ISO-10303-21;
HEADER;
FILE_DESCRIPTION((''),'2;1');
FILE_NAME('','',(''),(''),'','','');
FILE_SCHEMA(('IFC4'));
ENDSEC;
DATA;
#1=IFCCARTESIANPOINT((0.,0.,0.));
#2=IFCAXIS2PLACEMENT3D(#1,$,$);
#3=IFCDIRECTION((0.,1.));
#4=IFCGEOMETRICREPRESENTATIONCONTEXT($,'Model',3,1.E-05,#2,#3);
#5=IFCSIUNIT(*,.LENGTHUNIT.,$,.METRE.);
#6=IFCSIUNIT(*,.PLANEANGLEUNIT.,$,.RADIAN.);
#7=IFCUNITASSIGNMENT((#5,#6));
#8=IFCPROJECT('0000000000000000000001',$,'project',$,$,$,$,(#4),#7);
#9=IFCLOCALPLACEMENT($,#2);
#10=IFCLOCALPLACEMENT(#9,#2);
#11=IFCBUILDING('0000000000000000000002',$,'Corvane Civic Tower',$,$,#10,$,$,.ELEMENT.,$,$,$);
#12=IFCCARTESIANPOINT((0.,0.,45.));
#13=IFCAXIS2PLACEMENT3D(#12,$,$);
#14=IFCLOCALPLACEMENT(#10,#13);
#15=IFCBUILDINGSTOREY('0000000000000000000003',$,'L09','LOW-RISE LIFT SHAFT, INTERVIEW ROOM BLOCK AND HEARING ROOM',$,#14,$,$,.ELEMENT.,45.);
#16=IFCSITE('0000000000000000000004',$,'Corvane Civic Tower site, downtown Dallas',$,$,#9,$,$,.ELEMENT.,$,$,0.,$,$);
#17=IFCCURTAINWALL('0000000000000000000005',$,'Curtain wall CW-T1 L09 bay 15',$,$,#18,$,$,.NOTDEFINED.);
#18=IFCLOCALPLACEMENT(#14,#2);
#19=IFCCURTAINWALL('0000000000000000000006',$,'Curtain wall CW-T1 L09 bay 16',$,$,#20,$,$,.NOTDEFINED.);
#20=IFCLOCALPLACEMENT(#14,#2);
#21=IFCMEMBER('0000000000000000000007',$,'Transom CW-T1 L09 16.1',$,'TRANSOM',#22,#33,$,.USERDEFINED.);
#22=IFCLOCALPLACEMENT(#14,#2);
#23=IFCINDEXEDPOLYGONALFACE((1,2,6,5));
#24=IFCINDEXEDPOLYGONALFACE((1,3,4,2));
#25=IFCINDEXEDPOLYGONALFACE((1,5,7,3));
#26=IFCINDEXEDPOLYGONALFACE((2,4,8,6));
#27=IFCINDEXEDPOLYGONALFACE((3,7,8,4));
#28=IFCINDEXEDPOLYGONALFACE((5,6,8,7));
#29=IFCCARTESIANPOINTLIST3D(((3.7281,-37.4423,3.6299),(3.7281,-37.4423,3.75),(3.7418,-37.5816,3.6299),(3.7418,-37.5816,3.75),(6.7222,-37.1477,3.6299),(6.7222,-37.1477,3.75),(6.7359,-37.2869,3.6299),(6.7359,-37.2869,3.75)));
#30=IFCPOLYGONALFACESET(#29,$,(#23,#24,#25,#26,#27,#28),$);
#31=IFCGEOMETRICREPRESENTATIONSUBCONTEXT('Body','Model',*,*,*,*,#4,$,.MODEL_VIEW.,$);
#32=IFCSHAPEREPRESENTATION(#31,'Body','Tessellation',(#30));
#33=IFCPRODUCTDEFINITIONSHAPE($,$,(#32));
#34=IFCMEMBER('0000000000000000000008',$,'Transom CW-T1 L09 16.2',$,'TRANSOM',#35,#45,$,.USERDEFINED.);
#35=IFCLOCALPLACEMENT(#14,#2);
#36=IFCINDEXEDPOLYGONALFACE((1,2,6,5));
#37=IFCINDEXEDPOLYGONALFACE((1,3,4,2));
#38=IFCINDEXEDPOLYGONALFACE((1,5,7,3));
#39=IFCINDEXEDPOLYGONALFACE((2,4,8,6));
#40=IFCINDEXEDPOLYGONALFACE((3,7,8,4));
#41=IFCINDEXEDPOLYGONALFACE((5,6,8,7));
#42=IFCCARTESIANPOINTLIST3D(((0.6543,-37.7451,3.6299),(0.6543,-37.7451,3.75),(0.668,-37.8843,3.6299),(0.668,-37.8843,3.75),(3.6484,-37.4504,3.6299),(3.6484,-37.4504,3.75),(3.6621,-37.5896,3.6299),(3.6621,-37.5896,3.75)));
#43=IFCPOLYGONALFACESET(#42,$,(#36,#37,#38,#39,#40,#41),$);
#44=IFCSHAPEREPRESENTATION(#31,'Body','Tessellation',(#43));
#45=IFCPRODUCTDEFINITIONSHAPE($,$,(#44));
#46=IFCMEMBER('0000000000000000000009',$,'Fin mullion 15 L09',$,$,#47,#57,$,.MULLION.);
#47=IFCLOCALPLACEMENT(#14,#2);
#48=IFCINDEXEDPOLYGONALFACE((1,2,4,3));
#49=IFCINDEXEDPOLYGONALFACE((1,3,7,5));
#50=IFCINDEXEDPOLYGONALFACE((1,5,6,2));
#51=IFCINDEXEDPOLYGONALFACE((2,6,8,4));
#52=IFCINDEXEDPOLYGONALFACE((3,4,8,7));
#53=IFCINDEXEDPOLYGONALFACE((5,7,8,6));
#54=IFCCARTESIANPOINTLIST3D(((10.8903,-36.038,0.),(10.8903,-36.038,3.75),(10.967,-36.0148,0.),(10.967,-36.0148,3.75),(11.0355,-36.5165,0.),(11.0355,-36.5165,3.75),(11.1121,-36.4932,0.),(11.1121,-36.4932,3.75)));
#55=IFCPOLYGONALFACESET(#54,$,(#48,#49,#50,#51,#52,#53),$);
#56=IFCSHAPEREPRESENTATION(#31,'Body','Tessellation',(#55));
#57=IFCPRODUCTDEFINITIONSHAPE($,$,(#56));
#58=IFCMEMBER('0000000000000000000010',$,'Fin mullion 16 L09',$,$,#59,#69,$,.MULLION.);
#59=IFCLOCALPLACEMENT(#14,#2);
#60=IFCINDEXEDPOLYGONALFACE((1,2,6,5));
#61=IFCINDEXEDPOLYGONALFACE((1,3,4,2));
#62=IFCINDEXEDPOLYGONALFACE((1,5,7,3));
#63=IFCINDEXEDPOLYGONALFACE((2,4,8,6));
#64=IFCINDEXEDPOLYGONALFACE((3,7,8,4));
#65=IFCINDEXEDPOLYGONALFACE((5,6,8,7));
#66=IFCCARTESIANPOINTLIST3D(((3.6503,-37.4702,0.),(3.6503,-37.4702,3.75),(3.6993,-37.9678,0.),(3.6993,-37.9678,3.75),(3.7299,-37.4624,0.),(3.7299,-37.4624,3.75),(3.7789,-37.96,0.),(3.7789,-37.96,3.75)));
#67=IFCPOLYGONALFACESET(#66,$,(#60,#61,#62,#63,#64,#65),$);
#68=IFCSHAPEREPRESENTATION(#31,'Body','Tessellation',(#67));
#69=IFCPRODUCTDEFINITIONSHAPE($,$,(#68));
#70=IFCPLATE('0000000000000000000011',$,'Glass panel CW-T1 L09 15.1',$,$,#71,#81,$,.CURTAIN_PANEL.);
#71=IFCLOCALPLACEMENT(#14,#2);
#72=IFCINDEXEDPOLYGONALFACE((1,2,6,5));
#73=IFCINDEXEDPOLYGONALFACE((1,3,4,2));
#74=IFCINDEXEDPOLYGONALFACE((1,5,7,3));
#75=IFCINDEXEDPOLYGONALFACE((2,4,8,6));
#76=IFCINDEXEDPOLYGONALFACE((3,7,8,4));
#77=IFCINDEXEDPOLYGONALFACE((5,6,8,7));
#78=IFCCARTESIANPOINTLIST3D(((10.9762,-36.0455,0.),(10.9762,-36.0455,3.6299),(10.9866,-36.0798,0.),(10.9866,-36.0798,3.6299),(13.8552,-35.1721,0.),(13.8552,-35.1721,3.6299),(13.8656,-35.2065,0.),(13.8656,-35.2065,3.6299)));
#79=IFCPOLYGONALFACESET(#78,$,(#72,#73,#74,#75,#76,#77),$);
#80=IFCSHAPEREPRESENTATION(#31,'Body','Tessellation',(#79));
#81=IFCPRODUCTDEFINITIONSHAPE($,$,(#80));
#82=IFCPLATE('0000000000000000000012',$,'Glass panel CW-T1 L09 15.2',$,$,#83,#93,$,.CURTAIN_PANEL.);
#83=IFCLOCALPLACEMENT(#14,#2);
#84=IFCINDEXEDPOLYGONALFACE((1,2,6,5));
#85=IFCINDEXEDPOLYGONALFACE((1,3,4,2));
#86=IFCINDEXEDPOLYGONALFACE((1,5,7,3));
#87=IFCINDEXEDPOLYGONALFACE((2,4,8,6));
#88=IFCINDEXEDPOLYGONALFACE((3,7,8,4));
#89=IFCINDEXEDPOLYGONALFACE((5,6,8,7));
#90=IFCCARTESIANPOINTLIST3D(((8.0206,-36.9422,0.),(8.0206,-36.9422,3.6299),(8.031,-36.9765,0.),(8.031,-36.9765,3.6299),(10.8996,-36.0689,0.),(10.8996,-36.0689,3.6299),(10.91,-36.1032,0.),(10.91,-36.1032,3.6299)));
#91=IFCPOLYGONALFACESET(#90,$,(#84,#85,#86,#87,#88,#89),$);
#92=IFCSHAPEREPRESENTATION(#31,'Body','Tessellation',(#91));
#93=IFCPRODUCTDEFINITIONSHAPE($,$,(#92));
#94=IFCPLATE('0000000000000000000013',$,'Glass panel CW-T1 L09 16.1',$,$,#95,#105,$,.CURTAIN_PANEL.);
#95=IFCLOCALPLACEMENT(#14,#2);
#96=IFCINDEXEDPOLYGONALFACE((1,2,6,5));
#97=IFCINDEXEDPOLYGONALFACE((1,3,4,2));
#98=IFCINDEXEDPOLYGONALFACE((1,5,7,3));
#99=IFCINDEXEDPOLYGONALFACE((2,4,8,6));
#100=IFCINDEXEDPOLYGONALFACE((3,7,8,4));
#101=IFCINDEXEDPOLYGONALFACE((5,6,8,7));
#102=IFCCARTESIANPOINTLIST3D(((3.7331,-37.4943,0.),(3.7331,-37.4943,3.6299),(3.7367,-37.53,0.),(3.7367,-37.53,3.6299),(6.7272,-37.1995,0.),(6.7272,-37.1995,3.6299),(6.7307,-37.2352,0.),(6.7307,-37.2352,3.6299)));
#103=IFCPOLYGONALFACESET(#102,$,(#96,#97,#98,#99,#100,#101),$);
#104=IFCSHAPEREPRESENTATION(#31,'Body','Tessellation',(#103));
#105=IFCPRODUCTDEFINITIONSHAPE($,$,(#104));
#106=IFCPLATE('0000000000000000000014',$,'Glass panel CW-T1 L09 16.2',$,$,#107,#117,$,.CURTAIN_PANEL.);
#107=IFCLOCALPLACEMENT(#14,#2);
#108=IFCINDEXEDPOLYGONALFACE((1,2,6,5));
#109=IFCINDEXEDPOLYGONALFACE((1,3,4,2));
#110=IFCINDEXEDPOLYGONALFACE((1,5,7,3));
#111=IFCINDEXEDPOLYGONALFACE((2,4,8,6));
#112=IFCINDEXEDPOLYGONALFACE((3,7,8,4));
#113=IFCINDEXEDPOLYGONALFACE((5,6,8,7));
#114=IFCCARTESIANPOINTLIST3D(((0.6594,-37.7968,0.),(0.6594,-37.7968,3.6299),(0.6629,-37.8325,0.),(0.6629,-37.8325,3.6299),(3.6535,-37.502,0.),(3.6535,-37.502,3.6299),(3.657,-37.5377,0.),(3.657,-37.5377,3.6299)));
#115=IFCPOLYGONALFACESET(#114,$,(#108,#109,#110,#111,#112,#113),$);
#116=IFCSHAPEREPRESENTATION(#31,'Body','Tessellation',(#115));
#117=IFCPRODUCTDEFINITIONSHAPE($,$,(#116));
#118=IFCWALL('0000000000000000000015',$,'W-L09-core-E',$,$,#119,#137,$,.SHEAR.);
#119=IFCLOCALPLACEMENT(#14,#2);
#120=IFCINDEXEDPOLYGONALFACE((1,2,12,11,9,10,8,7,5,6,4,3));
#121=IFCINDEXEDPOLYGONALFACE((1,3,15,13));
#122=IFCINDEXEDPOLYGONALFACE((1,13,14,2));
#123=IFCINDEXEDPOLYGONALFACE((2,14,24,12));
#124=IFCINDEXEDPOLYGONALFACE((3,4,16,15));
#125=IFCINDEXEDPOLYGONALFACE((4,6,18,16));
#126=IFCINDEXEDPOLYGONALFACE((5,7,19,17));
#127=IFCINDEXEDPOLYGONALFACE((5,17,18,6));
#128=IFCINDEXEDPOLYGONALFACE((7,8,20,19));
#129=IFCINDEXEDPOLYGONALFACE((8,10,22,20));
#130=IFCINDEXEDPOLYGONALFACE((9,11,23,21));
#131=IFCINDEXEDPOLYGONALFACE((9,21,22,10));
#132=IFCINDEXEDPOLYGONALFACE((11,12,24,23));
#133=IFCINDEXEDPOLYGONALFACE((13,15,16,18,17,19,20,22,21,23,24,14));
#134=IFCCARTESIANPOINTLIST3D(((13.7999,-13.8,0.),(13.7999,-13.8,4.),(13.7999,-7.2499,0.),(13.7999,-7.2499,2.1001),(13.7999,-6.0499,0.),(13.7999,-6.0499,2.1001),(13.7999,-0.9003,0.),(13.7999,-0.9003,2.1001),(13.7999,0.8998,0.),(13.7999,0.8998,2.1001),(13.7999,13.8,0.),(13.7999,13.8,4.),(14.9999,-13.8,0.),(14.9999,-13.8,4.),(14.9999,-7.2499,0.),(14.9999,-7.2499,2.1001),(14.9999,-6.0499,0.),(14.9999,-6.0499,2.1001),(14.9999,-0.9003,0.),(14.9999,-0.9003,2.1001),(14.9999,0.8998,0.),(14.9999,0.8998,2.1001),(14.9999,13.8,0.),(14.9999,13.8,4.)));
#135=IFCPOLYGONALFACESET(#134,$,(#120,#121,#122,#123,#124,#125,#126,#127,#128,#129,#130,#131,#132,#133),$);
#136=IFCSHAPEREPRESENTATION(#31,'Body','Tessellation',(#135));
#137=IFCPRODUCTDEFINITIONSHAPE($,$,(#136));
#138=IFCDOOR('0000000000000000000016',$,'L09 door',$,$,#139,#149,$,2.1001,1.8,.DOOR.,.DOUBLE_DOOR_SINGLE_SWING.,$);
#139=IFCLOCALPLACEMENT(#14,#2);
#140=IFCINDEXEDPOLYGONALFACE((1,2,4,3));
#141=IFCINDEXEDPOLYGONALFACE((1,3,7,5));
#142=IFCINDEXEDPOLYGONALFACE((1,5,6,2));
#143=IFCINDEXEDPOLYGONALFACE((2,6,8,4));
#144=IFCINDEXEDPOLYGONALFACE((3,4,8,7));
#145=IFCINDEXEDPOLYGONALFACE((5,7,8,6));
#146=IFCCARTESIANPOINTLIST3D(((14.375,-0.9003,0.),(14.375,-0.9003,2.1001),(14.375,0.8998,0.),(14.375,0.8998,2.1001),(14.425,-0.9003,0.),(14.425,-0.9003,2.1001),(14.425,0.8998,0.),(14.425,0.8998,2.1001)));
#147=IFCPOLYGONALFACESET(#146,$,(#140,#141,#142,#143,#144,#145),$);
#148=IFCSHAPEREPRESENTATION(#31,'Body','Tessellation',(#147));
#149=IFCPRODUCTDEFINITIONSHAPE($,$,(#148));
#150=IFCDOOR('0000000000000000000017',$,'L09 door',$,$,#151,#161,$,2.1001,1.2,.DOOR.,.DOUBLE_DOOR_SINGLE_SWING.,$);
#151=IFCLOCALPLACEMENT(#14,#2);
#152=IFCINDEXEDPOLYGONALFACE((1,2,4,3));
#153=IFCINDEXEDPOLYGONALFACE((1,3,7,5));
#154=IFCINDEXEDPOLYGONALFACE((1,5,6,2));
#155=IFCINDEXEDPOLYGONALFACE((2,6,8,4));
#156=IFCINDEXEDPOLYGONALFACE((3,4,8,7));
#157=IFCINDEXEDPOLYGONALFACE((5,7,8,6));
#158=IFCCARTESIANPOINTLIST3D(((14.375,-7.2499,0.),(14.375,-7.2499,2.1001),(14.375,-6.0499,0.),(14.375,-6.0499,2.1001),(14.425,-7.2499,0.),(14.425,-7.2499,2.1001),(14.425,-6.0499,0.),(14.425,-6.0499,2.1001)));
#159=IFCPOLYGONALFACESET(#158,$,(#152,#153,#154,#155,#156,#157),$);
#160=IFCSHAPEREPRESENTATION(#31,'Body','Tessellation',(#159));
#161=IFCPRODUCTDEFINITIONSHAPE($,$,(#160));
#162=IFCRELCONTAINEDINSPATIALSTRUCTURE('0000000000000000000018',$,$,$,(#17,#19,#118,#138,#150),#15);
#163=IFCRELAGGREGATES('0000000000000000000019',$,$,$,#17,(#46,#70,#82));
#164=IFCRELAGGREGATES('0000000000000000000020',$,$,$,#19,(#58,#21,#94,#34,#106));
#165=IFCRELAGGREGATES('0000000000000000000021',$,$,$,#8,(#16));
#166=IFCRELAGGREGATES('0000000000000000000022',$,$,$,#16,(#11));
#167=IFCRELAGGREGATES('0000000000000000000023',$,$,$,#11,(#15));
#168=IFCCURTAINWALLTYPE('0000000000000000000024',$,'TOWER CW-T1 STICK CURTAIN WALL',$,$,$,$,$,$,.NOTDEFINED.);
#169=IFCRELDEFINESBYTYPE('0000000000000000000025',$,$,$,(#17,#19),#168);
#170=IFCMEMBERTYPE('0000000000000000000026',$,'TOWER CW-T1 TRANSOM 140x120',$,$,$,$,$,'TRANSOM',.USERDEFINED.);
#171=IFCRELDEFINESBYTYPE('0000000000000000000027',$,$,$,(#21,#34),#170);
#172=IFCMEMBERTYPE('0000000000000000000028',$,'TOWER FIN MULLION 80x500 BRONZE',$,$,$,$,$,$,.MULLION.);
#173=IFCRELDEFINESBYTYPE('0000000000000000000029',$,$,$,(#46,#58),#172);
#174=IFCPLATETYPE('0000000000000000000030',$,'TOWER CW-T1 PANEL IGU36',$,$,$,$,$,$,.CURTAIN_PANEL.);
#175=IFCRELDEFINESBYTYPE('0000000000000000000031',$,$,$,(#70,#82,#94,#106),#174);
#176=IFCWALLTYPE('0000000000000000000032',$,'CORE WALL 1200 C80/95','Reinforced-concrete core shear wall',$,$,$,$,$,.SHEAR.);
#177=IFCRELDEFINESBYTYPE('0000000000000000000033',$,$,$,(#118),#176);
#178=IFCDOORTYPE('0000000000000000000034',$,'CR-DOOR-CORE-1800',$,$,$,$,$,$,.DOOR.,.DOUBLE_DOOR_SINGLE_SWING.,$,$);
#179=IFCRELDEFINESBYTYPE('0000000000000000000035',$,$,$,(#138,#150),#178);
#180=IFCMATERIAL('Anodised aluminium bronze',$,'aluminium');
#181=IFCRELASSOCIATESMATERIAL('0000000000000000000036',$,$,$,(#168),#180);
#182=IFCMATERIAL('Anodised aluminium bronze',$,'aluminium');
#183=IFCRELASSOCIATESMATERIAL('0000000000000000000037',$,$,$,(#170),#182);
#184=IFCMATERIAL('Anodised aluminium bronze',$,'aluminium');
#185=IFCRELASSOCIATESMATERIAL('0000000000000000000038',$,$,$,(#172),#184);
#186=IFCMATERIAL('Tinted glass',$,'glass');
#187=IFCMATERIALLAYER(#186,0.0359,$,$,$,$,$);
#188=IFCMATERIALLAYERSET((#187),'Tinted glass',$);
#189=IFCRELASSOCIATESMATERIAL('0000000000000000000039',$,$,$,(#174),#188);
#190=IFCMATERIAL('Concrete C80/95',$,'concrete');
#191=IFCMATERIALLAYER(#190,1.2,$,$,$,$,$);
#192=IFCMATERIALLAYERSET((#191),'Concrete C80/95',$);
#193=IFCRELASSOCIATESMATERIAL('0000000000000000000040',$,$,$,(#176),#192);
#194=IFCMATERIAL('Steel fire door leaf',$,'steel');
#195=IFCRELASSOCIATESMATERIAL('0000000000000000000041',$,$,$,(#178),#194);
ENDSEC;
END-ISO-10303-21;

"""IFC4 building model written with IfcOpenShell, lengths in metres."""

from ifc_helpers import new_model, si_unit, direction, frame, frame_2d, origin, origin_2d, place, context, subcontext, project, spatial, rectangle, extrude, material, layer, layer_set, material_profile, profile_set, type_object, element, fill, aggregate, save


model = new_model("IFC4")

# Units and contexts
model_context = context("Model", 3, precision=1e-05, world=origin(), true_north=direction((0.0, 1.0)))
body_context = subcontext(model_context, "Body", "Model", "MODEL_VIEW")
ifc_project = project(units=[si_unit("LENGTHUNIT", "METRE"), si_unit("PLANEANGLEUNIT", "RADIAN")], contexts=[model_context])

# Site, building, storey
site_placement = place(None, origin())
site = spatial("IfcSite", under=ifc_project, at=site_placement, Name="Corvane Civic Tower site, downtown Dallas", CompositionType="ELEMENT", RefElevation=0.0)
building_placement = place(site_placement, origin())
building = spatial("IfcBuilding", under=site, at=building_placement, Name="Corvane Civic Tower", CompositionType="ELEMENT")
storey_placement = place(building_placement, frame((0.0, 0.0, 45.0)))
storey = spatial("IfcBuildingStorey", under=building, at=storey_placement, Name="L09", Description="LOW-RISE LIFT SHAFT, INTERVIEW ROOM BLOCK AND HEARING ROOM", CompositionType="ELEMENT", Elevation=45.0)

# Curtain walls, members
ifc_material_1 = material(Name="Anodised aluminium bronze", Category="aluminium")
curtain_wall_type = type_object("IfcCurtainWallType", Name="TOWER CW-T1 STICK CURTAIN WALL", PredefinedType="NOTDEFINED", material=ifc_material_1)
curtain_wall_1_placement = place(storey_placement, origin())
curtain_wall_1 = element("IfcCurtainWall", 1, at=curtain_wall_1_placement, inside=storey, type_object=curtain_wall_type, Name="Curtain wall CW-T1 L09 bay 15", PredefinedType="NOTDEFINED")
ifc_material_2 = material(Name="Anodised aluminium bronze", Category="aluminium")
ifc_material_profile_1 = material_profile(ifc_material_2, rectangle(XDim=0.1399, YDim=0.1201, at=origin_2d()), Name="TOWER CW-T1 TRANSOM 140x120")
ifc_profile_set_1 = profile_set([ifc_material_profile_1], Name="Anodised aluminium bronze")
member_type_1 = type_object("IfcMemberType", Name="TOWER CW-T1 TRANSOM 140x120", ElementType="TRANSOM", PredefinedType="USERDEFINED", material=ifc_profile_set_1)
curtain_wall_2_placement = place(storey_placement, origin())
curtain_wall_2 = element("IfcCurtainWall", 2, at=curtain_wall_2_placement, inside=storey, type_object=curtain_wall_type, Name="Curtain wall CW-T1 L09 bay 16", PredefinedType="NOTDEFINED")
member_1_placement = place(storey_placement, frame((6.729, -37.2173, 3.6899), z_axis=(-0.995192, -0.097945, 0.0), x_axis=(0.097945, -0.995192, 0.0)))
member_1 = element("IfcMember", 3, at=member_1_placement, type_object=member_type_1, Name="Transom CW-T1 L09 16.1", ObjectType="TRANSOM", PredefinedType="USERDEFINED", context=body_context, shape_type="SweptSolid", body=[
    extrude(rectangle(XDim=0.1399, YDim=0.1201, at=origin_2d()), origin(), (0.0, 0.0, 1.0), 3.0085),
])
member_2_placement = place(storey_placement, frame((3.6553, -37.52, 3.6899), z_axis=(-0.995192, -0.097945, 0.0), x_axis=(0.097945, -0.995192, 0.0)))
member_2 = element("IfcMember", 4, at=member_2_placement, type_object=member_type_1, Name="Transom CW-T1 L09 16.2", ObjectType="TRANSOM", PredefinedType="USERDEFINED", context=body_context, shape_type="SweptSolid", body=[
    extrude(rectangle(XDim=0.1399, YDim=0.1201, at=origin_2d()), origin(), (0.0, 0.0, 1.0), 3.0085),
])

# Members
ifc_material_3 = material(Name="Anodised aluminium bronze", Category="aluminium")
ifc_material_profile_2 = material_profile(ifc_material_3, rectangle(XDim=0.0801, YDim=0.5, at=origin_2d()), Name="TOWER FIN MULLION 80x500 BRONZE")
ifc_profile_set_2 = profile_set([ifc_material_profile_2], Name="Anodised aluminium bronze")
member_type_2 = type_object("IfcMemberType", Name="TOWER FIN MULLION 80x500 BRONZE", PredefinedType="MULLION", material=ifc_profile_set_2)
member_3_placement = place(storey_placement, frame((11.0012, -36.2656, 0.0), z_axis=(0.0, 0.0, 1.0), x_axis=(-0.956942, -0.290278, 0.0)))
member_3 = element("IfcMember", 5, at=member_3_placement, type_object=member_type_2, Name="Fin mullion 15 L09", PredefinedType="MULLION", context=body_context, shape_type="SweptSolid", body=[
    extrude(rectangle(XDim=0.0801, YDim=0.5, at=origin_2d()), origin(), (0.0, 0.0, 1.0), 3.75),
])
member_4_placement = place(storey_placement, frame((3.7146, -37.7151, 0.0), z_axis=(0.0, 0.0, 1.0), x_axis=(-0.995186, -0.098006, 0.0)))
member_4 = element("IfcMember", 6, at=member_4_placement, type_object=member_type_2, Name="Fin mullion 16 L09", PredefinedType="MULLION", context=body_context, shape_type="SweptSolid", body=[
    extrude(rectangle(XDim=0.0801, YDim=0.5, at=origin_2d()), origin(), (0.0, 0.0, 1.0), 3.75),
])

# Plates
ifc_material_4 = material(Name="Tinted glass", Category="glass")
ifc_layer_1 = layer(ifc_material_4, 0.0359)
ifc_layer_set_1 = layer_set([ifc_layer_1], Name="Tinted glass")
plate_type = type_object("IfcPlateType", Name="TOWER CW-T1 PANEL IGU36", PredefinedType="CURTAIN_PANEL", material=ifc_layer_set_1)
plate_1_placement = place(storey_placement, frame((12.4209, -35.626, 0.0), z_axis=(0.0, 0.0, 1.0), x_axis=(-0.956942, -0.290278, 0.0)))
plate_1 = element("IfcPlate", 7, at=plate_1_placement, type_object=plate_type, Name="Glass panel CW-T1 L09 15.1", PredefinedType="CURTAIN_PANEL", context=body_context, shape_type="SweptSolid", body=[
    extrude(rectangle(XDim=3.0085, YDim=0.0359, at=origin_2d()), origin(), (0.0, 0.0, 1.0), 3.6299),
])
plate_2_placement = place(storey_placement, frame((9.4653, -36.5227, 0.0), z_axis=(0.0, 0.0, 1.0), x_axis=(-0.956942, -0.290278, 0.0)))
plate_2 = element("IfcPlate", 8, at=plate_2_placement, type_object=plate_type, Name="Glass panel CW-T1 L09 15.2", PredefinedType="CURTAIN_PANEL", context=body_context, shape_type="SweptSolid", body=[
    extrude(rectangle(XDim=3.0085, YDim=0.0359, at=origin_2d()), origin(), (0.0, 0.0, 1.0), 3.6299),
])
aggregate(curtain_wall_1, [member_3, plate_1, plate_2])
plate_3_placement = place(storey_placement, frame((5.2319, -37.3647, 0.0), z_axis=(0.0, 0.0, 1.0), x_axis=(-0.995186, -0.098006, 0.0)))
plate_3 = element("IfcPlate", 9, at=plate_3_placement, type_object=plate_type, Name="Glass panel CW-T1 L09 16.1", PredefinedType="CURTAIN_PANEL", context=body_context, shape_type="SweptSolid", body=[
    extrude(rectangle(XDim=3.0085, YDim=0.0359, at=origin_2d()), origin(), (0.0, 0.0, 1.0), 3.6299),
])
plate_4_placement = place(storey_placement, frame((2.1582, -37.6672, 0.0), z_axis=(0.0, 0.0, 1.0), x_axis=(-0.995186, -0.098006, 0.0)))
plate_4 = element("IfcPlate", 10, at=plate_4_placement, type_object=plate_type, Name="Glass panel CW-T1 L09 16.2", PredefinedType="CURTAIN_PANEL", context=body_context, shape_type="SweptSolid", body=[
    extrude(rectangle(XDim=3.0085, YDim=0.0359, at=origin_2d()), origin(), (0.0, 0.0, 1.0), 3.6299),
])
aggregate(curtain_wall_2, [member_4, member_1, plate_3, member_2, plate_4])

# Wall, openings, doors
ifc_material_5 = material(Name="Concrete C80/95", Category="concrete")
ifc_layer_2 = layer(ifc_material_5, 1.2)
ifc_layer_set_2 = layer_set([ifc_layer_2], Name="Concrete C80/95")
wall_type_1 = type_object("IfcWallType", Name="CORE WALL 1200 C80/95", Description="Reinforced-concrete core shear wall", PredefinedType="SHEAR", material=ifc_layer_set_2)
wall_1_placement = place(storey_placement, frame((14.3999, -13.8, 0.0), z_axis=(0.0, 0.0, 1.0), x_axis=(0.0, 1.0, 0.0)))
wall_1 = element("IfcWall", 11, at=wall_1_placement, inside=storey, type_object=wall_type_1, Name="W-L09-core-E", PredefinedType="SHEAR", context=body_context, shape_type="SweptSolid", body=[
    extrude(rectangle(XDim=27.6001, YDim=1.2, at=frame_2d((13.8, 0.0))), origin(), (0.0, 0.0, 1.0), 4.0),
])
opening_1_placement = place(wall_1_placement, frame((12.8999, 0.0, 0.0)))
opening_1 = element("IfcOpeningElement", 12, at=opening_1_placement, cuts=wall_1, PredefinedType="OPENING", context=body_context, shape_type="SweptSolid", body=[
    extrude(rectangle(XDim=1.8, YDim=2.1001, at=frame_2d((0.8999, 1.05))), frame((0.0, 0.6099, 0.0), z_axis=(0.0, -1.0, 0.0), x_axis=(1.0, 0.0, 0.0)), (0.0, 0.0, 1.0), 1.22),
])
opening_2_placement = place(wall_1_placement, frame((6.55, 0.0, 0.0)))
opening_2 = element("IfcOpeningElement", 13, at=opening_2_placement, cuts=wall_1, PredefinedType="OPENING", context=body_context, shape_type="SweptSolid", body=[
    extrude(rectangle(XDim=1.2, YDim=2.1001, at=frame_2d((0.6001, 1.05))), frame((0.0, 0.6099, 0.0), z_axis=(0.0, -1.0, 0.0), x_axis=(1.0, 0.0, 0.0)), (0.0, 0.0, 1.0), 1.22),
])
ifc_material_6 = material(Name="Steel fire door leaf", Category="steel")
door_type_1 = type_object("IfcDoorType", Name="CR-DOOR-CORE-1800", OperationType="DOUBLE_DOOR_SINGLE_SWING", PredefinedType="DOOR", material=ifc_material_6)
door_1_placement = place(opening_1_placement, origin())
door_1 = element("IfcDoor", 14, at=door_1_placement, inside=storey, type_object=door_type_1, Name="L09 door", OperationType="DOUBLE_DOOR_SINGLE_SWING", OverallHeight=2.1001, OverallWidth=1.8, PredefinedType="DOOR", context=body_context, shape_type="SweptSolid", body=[
    extrude(rectangle(XDim=1.8, YDim=2.1001, at=frame_2d((0.8999, 1.05))), frame((0.0, 0.0249, 0.0), z_axis=(0.0, -1.0, 0.0), x_axis=(1.0, 0.0, 0.0)), (0.0, 0.0, 1.0), 0.05),
])
fill(opening_1, door_1)
door_2_placement = place(opening_2_placement, origin())
door_2 = element("IfcDoor", 15, at=door_2_placement, inside=storey, type_object=door_type_1, Name="L09 door", OperationType="DOUBLE_DOOR_SINGLE_SWING", OverallHeight=2.1001, OverallWidth=1.2, PredefinedType="DOOR", context=body_context, shape_type="SweptSolid", body=[
    extrude(rectangle(XDim=1.2, YDim=2.1001, at=frame_2d((0.6001, 1.05))), frame((0.0, 0.0249, 0.0), z_axis=(0.0, -1.0, 0.0), x_axis=(1.0, 0.0, 0.0)), (0.0, 0.0, 1.0), 0.05),
])
fill(opening_2, door_2)

save(model, "model.ifc")
